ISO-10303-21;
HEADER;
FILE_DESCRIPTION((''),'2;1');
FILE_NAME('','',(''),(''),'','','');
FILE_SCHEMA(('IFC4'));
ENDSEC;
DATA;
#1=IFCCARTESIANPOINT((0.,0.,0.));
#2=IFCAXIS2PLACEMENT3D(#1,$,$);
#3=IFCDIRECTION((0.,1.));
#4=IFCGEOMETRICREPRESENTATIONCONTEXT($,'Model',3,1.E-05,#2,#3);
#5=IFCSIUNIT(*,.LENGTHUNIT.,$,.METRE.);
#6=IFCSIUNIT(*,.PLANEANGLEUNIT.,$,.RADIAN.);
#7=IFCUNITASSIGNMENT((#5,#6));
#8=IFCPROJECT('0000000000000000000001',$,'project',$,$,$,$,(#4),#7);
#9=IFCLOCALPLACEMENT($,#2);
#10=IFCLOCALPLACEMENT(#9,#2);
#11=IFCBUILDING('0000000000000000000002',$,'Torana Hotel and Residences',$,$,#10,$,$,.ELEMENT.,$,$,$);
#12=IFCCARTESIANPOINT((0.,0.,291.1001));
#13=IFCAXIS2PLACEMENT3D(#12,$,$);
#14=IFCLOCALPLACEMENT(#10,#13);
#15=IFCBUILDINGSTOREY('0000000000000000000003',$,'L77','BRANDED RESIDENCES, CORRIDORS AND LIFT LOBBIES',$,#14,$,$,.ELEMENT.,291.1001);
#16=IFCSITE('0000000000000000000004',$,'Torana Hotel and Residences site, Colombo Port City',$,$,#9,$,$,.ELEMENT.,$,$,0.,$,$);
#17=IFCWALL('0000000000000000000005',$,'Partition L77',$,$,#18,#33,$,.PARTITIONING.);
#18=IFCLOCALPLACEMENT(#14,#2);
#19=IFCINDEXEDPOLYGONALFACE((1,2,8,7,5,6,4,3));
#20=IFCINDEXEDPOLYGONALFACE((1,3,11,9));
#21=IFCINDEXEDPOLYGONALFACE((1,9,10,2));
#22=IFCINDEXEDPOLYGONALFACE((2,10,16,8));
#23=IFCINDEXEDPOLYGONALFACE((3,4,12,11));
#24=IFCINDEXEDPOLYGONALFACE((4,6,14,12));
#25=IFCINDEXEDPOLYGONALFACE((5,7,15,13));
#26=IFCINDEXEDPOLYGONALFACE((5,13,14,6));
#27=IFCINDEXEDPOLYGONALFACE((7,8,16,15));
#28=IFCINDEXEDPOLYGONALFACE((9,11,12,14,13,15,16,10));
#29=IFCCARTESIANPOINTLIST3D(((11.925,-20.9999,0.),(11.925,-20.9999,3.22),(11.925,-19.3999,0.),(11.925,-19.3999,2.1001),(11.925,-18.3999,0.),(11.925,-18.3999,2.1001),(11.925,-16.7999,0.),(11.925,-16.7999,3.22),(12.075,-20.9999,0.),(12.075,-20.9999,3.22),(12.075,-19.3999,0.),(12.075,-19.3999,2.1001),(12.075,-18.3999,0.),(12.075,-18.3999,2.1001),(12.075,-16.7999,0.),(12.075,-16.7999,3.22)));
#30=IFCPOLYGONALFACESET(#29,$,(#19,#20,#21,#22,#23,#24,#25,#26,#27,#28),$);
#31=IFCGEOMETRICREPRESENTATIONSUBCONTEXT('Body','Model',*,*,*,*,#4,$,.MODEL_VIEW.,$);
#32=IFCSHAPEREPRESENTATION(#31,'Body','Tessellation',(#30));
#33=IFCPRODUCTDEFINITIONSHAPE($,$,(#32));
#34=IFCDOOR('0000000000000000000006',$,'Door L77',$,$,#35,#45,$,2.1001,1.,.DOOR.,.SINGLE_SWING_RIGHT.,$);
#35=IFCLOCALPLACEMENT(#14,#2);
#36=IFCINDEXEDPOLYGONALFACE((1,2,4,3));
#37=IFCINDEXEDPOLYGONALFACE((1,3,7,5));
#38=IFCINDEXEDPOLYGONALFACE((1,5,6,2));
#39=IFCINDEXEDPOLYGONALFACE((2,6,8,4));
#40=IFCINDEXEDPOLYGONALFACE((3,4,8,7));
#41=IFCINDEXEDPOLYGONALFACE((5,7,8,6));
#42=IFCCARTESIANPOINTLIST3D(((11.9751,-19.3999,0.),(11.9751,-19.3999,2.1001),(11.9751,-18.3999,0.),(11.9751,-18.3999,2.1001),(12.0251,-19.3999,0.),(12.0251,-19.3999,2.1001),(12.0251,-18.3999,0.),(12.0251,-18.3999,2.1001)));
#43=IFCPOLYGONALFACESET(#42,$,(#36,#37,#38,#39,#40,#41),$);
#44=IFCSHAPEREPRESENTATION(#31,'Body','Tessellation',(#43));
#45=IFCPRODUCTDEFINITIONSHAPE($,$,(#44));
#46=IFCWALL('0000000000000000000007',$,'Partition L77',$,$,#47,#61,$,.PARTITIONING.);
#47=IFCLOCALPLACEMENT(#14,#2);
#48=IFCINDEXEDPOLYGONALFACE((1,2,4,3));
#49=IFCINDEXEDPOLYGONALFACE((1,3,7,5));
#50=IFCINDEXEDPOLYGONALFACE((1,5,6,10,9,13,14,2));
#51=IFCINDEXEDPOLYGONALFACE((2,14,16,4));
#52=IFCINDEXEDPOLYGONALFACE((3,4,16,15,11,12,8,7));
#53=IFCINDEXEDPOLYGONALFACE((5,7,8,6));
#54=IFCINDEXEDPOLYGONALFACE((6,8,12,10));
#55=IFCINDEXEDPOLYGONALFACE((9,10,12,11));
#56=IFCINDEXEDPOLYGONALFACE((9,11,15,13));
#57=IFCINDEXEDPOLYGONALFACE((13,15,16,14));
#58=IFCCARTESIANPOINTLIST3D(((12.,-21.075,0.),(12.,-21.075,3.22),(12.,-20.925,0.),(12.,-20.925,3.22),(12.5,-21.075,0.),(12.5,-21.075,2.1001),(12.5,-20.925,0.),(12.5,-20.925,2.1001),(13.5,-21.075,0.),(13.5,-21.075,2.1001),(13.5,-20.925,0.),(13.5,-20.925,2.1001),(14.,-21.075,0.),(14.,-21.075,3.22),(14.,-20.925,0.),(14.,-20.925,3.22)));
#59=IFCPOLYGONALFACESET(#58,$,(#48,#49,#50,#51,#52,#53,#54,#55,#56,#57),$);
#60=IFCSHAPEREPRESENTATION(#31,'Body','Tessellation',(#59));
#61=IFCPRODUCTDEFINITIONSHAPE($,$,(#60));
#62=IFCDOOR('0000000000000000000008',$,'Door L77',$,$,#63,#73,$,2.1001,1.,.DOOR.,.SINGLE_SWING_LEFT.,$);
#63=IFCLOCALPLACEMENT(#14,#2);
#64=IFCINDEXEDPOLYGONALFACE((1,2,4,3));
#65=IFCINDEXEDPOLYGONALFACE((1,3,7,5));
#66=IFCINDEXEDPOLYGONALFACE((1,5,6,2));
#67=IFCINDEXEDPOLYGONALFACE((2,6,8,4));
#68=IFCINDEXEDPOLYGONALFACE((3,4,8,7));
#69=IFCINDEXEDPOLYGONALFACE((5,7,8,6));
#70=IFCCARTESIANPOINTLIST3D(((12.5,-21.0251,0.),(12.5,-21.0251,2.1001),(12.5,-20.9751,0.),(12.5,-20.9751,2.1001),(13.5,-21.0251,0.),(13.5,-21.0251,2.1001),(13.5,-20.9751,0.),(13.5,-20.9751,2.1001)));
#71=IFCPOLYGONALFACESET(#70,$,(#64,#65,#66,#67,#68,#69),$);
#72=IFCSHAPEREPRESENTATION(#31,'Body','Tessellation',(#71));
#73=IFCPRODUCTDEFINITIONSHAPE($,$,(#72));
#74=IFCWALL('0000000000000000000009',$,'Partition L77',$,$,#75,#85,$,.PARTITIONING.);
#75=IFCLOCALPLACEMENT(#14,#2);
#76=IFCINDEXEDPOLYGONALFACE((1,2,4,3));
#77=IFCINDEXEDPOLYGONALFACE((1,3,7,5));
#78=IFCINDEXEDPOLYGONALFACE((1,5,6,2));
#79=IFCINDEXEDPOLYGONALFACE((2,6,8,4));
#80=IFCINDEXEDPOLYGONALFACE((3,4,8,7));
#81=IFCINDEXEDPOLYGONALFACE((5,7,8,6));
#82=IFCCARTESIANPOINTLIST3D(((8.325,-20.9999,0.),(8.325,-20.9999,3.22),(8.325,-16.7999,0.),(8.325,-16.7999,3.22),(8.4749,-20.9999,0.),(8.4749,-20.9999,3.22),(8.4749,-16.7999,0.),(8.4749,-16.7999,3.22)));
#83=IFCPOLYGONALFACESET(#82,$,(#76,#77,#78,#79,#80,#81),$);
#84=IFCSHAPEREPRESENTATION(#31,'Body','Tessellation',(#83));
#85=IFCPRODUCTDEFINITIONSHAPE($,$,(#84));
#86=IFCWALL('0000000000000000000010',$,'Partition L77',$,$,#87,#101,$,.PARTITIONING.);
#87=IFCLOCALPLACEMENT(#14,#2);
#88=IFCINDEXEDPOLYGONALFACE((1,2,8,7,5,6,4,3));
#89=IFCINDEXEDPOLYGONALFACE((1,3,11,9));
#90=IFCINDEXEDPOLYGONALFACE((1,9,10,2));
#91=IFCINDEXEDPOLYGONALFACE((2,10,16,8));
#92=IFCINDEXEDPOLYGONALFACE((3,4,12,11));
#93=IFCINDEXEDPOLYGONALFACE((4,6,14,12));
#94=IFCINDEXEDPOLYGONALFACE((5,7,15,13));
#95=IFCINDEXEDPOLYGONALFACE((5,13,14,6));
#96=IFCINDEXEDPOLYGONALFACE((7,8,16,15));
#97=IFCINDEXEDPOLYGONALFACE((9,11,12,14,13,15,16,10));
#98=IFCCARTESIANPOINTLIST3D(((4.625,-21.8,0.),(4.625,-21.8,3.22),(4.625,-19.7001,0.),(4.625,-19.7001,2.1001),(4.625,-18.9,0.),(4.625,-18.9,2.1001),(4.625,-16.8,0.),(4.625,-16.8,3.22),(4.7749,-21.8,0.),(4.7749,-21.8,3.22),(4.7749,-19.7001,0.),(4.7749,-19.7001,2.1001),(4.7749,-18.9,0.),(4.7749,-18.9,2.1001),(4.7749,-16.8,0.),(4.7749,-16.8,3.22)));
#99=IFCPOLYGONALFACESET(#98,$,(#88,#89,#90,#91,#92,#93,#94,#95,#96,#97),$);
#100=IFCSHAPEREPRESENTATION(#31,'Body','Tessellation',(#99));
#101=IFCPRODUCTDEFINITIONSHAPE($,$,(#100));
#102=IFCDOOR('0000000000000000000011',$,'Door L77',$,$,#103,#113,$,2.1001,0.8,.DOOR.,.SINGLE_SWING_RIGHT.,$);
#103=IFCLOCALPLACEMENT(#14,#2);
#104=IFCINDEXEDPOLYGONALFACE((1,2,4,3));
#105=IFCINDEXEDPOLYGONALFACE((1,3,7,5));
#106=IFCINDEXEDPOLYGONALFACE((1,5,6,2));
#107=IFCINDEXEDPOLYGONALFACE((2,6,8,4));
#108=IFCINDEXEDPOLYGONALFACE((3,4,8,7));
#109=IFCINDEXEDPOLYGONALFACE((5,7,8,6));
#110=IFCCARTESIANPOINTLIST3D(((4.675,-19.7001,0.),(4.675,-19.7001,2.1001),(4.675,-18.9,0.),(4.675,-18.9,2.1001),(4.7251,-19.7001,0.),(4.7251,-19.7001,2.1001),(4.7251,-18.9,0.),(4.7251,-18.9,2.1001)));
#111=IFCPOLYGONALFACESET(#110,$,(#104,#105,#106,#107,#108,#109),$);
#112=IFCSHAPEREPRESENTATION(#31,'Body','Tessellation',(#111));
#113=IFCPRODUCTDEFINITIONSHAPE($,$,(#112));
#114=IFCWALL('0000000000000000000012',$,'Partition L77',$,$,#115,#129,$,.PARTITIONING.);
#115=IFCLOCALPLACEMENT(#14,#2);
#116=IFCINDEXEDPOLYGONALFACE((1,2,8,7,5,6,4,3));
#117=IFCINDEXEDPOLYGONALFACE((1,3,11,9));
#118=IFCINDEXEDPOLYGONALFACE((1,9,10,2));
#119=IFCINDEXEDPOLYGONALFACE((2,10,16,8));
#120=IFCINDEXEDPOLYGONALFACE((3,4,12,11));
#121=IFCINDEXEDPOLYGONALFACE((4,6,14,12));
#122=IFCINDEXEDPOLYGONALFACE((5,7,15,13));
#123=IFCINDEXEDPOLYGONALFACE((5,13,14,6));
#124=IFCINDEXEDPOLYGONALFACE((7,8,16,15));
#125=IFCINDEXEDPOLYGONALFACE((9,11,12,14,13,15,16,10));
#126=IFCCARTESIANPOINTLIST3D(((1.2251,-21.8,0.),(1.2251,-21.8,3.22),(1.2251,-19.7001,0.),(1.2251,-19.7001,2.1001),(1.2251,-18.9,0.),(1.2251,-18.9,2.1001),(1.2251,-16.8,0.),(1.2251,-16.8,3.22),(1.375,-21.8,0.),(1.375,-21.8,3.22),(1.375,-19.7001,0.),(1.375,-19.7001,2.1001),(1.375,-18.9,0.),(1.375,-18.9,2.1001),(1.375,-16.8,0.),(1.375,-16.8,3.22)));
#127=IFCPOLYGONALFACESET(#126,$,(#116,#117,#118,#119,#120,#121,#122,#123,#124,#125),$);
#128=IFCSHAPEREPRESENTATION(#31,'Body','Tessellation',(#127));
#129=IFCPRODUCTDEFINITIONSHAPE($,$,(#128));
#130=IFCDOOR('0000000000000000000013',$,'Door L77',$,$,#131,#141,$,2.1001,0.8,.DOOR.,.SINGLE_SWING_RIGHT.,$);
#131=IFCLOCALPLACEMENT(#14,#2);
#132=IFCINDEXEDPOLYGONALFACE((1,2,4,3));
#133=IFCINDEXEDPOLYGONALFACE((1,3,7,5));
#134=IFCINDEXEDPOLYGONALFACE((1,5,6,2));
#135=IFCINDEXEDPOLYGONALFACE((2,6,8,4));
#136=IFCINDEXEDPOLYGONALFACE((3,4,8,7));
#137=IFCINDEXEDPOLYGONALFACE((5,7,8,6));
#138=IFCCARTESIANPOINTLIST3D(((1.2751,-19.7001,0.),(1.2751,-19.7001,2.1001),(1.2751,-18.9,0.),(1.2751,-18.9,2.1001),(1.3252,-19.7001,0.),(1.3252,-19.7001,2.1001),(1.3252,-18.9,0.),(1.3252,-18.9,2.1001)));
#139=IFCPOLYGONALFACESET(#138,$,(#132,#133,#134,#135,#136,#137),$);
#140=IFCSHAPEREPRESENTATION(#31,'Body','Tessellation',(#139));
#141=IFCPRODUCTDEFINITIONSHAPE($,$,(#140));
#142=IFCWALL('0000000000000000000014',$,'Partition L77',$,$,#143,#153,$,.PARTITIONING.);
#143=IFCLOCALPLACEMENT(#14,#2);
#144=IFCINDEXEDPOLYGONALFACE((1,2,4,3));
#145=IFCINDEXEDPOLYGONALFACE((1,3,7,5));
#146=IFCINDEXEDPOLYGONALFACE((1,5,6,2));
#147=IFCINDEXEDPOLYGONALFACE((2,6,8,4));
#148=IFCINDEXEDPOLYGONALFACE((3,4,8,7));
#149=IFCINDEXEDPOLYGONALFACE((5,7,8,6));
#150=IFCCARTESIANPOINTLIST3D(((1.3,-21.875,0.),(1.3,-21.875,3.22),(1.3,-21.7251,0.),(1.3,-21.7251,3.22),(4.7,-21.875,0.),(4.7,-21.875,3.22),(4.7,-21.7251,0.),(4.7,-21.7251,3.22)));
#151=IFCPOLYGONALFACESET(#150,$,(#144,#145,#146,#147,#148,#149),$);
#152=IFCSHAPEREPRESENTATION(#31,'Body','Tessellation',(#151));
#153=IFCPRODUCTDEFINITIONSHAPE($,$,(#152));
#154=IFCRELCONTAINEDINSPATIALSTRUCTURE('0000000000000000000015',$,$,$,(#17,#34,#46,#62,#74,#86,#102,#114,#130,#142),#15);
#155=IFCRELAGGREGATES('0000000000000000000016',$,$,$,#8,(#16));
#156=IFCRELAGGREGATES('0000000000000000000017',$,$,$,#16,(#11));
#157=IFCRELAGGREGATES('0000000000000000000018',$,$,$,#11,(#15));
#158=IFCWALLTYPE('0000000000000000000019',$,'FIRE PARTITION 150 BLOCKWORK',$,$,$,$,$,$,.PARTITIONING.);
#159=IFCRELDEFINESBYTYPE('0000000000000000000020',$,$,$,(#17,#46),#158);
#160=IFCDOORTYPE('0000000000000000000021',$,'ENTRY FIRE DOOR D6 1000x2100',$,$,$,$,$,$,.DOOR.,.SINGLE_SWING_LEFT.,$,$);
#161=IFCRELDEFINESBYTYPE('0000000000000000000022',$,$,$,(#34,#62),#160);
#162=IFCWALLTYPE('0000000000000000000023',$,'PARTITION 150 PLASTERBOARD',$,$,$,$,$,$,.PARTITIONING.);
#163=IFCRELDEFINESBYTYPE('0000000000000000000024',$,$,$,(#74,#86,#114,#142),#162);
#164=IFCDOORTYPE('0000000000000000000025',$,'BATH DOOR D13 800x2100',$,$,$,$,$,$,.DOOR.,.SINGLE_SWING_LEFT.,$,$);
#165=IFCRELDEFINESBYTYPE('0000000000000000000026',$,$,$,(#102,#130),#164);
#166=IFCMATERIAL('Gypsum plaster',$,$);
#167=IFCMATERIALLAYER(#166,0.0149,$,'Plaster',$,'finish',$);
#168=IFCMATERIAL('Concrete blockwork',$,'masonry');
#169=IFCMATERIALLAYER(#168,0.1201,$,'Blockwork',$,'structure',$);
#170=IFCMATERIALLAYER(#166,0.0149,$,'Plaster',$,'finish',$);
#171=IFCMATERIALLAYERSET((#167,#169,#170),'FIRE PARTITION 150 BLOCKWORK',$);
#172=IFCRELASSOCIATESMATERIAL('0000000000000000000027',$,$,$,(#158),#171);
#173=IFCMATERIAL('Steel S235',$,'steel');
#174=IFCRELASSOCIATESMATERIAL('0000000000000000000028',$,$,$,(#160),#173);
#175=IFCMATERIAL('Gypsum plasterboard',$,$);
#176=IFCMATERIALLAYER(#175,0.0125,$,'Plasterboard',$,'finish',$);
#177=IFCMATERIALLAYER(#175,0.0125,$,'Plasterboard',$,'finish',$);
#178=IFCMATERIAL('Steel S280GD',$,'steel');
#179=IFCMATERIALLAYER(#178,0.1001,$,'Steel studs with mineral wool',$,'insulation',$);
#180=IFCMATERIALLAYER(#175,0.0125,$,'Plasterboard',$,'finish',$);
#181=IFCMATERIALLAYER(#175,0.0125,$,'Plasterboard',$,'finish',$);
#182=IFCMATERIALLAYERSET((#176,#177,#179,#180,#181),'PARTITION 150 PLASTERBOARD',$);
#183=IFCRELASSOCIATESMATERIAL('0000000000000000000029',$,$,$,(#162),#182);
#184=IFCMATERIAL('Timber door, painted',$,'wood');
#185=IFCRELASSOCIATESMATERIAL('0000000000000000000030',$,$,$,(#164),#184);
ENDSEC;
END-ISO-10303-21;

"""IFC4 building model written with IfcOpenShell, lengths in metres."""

from ifc_helpers import new_model, si_unit, direction, frame, frame_2d, origin, place, context, subcontext, project, spatial, rectangle, extrude, material, layer, layer_set, type_object, element, fill, save


model = new_model("IFC4")

# Units and contexts
model_context = context("Model", 3, precision=1e-05, world=origin(), true_north=direction((0.0, 1.0)))
body_context = subcontext(model_context, "Body", "Model", "MODEL_VIEW")
ifc_project = project(units=[si_unit("LENGTHUNIT", "METRE"), si_unit("PLANEANGLEUNIT", "RADIAN")], contexts=[model_context])

# Site, building, storey
site_placement = place(None, origin())
site = spatial("IfcSite", under=ifc_project, at=site_placement, Name="Torana Hotel and Residences site, Colombo Port City", CompositionType="ELEMENT", RefElevation=0.0)
building_placement = place(site_placement, origin())
building = spatial("IfcBuilding", under=site, at=building_placement, Name="Torana Hotel and Residences", CompositionType="ELEMENT")
storey_placement = place(building_placement, frame((0.0, 0.0, 291.1001)))
storey = spatial("IfcBuildingStorey", under=building, at=storey_placement, Name="L77", Description="BRANDED RESIDENCES, CORRIDORS AND LIFT LOBBIES", CompositionType="ELEMENT", Elevation=291.1001)

# Walls, openings, doors
ifc_material_1 = material(Name="Gypsum plaster")
ifc_layer_1 = layer(ifc_material_1, 0.0149, Name="Plaster", Category="finish")
ifc_material_2 = material(Name="Concrete blockwork", Category="masonry")
ifc_layer_2 = layer(ifc_material_2, 0.1201, Name="Blockwork", Category="structure")
ifc_layer_3 = layer(ifc_material_1, 0.0149, Name="Plaster", Category="finish")
ifc_layer_set_1 = layer_set([ifc_layer_1, ifc_layer_2, ifc_layer_3], Name="FIRE PARTITION 150 BLOCKWORK")
wall_type_1 = type_object("IfcWallType", Name="FIRE PARTITION 150 BLOCKWORK", PredefinedType="PARTITIONING", material=ifc_layer_set_1)
ifc_material_3 = material(Name="Steel S235", Category="steel")
door_type_1 = type_object("IfcDoorType", Name="ENTRY FIRE DOOR D6 1000x2100", OperationType="SINGLE_SWING_LEFT", PredefinedType="DOOR", material=ifc_material_3)
wall_1_placement = place(storey_placement, frame((12.0, -21.0, 0.0), z_axis=(0.0, 0.0, 1.0), x_axis=(0.0, 1.0, 0.0)))
wall_1 = element("IfcWall", 1, at=wall_1_placement, inside=storey, type_object=wall_type_1, Name="Partition L77", PredefinedType="PARTITIONING", context=body_context, shape_type="SweptSolid", body=[
    extrude(rectangle(XDim=4.2, YDim=0.1499, at=frame_2d((2.1001, 0.0))), origin(), (0.0, 0.0, 1.0), 3.22),
])
opening_1_placement = place(wall_1_placement, frame((1.6001, 0.0, 0.0)))
opening_1 = element("IfcOpeningElement", 2, at=opening_1_placement, cuts=wall_1, PredefinedType="OPENING", context=body_context, shape_type="SweptSolid", body=[
    extrude(rectangle(XDim=1.0, YDim=2.1001, at=frame_2d((0.5, 1.05))), frame((0.0, 0.085, 0.0), z_axis=(0.0, -1.0, 0.0), x_axis=(1.0, 0.0, 0.0)), (0.0, 0.0, 1.0), 0.1699),
])
door_1_placement = place(opening_1_placement, origin())
door_1 = element("IfcDoor", 3, at=door_1_placement, inside=storey, type_object=door_type_1, Name="Door L77", OperationType="SINGLE_SWING_RIGHT", OverallHeight=2.1001, OverallWidth=1.0, PredefinedType="DOOR", context=body_context, shape_type="SweptSolid", body=[
    extrude(rectangle(XDim=1.0, YDim=2.1001, at=frame_2d((0.5, 1.05))), frame((0.0, 0.0249, 0.0), z_axis=(0.0, -1.0, 0.0), x_axis=(1.0, 0.0, 0.0)), (0.0, 0.0, 1.0), 0.05),
])
fill(opening_1, door_1)
wall_2_placement = place(storey_placement, frame((12.0, -21.0, 0.0), z_axis=(0.0, 0.0, 1.0), x_axis=(1.0, 0.0, 0.0)))
wall_2 = element("IfcWall", 4, at=wall_2_placement, inside=storey, type_object=wall_type_1, Name="Partition L77", PredefinedType="PARTITIONING", context=body_context, shape_type="SweptSolid", body=[
    extrude(rectangle(XDim=2.0, YDim=0.1499, at=frame_2d((1.0, 0.0))), origin(), (0.0, 0.0, 1.0), 3.22),
])
opening_2_placement = place(wall_2_placement, frame((0.5, 0.0, 0.0)))
opening_2 = element("IfcOpeningElement", 5, at=opening_2_placement, cuts=wall_2, PredefinedType="OPENING", context=body_context, shape_type="SweptSolid", body=[
    extrude(rectangle(XDim=1.0, YDim=2.1001, at=frame_2d((0.5, 1.05))), frame((0.0, 0.085, 0.0), z_axis=(0.0, -1.0, 0.0), x_axis=(1.0, 0.0, 0.0)), (0.0, 0.0, 1.0), 0.1699),
])
door_2_placement = place(opening_2_placement, frame((0.5, 0.0, 0.0), z_axis=(0.0, 0.0, 1.0), x_axis=(-1.0, 0.0, 0.0)))
door_2 = element("IfcDoor", 6, at=door_2_placement, inside=storey, type_object=door_type_1, Name="Door L77", OperationType="SINGLE_SWING_LEFT", OverallHeight=2.1001, OverallWidth=1.0, PredefinedType="DOOR", context=body_context, shape_type="SweptSolid", body=[
    extrude(rectangle(XDim=1.0, YDim=2.1001, at=frame_2d((0.0, 1.05))), frame((0.0, -0.0249, 0.0), z_axis=(0.0, 1.0, 0.0), x_axis=(-1.0, 0.0, 0.0)), (0.0, 0.0, 1.0), 0.05),
])
fill(opening_2, door_2)

# Wall
ifc_material_4 = material(Name="Gypsum plasterboard")
ifc_layer_4 = layer(ifc_material_4, 0.0125, Name="Plasterboard", Category="finish")
ifc_layer_5 = layer(ifc_material_4, 0.0125, Name="Plasterboard", Category="finish")
ifc_material_5 = material(Name="Steel S280GD", Category="steel")
ifc_layer_6 = layer(ifc_material_5, 0.1001, Name="Steel studs with mineral wool", Category="insulation")
ifc_layer_7 = layer(ifc_material_4, 0.0125, Name="Plasterboard", Category="finish")
ifc_layer_8 = layer(ifc_material_4, 0.0125, Name="Plasterboard", Category="finish")
ifc_layer_set_2 = layer_set([ifc_layer_4, ifc_layer_5, ifc_layer_6, ifc_layer_7, ifc_layer_8], Name="PARTITION 150 PLASTERBOARD")
wall_type_2 = type_object("IfcWallType", Name="PARTITION 150 PLASTERBOARD", PredefinedType="PARTITIONING", material=ifc_layer_set_2)
wall_3_placement = place(storey_placement, frame((8.3999, -21.0, 0.0), z_axis=(0.0, 0.0, 1.0), x_axis=(0.0, 1.0, 0.0)))
element("IfcWall", 7, at=wall_3_placement, inside=storey, type_object=wall_type_2, Name="Partition L77", PredefinedType="PARTITIONING", context=body_context, shape_type="SweptSolid", body=[
    extrude(rectangle(XDim=4.2, YDim=0.1499, at=frame_2d((2.1001, 0.0))), origin(), (0.0, 0.0, 1.0), 3.22),
])

# Walls, openings, doors
wall_4_placement = place(storey_placement, frame((4.7, -21.8, 0.0), z_axis=(0.0, 0.0, 1.0), x_axis=(0.0, 1.0, 0.0)))
wall_4 = element("IfcWall", 8, at=wall_4_placement, inside=storey, type_object=wall_type_2, Name="Partition L77", PredefinedType="PARTITIONING", context=body_context, shape_type="SweptSolid", body=[
    extrude(rectangle(XDim=5.0, YDim=0.1499, at=frame_2d((2.5, 0.0))), origin(), (0.0, 0.0, 1.0), 3.22),
])
opening_3_placement = place(wall_4_placement, frame((2.1001, 0.0, 0.0)))
opening_3 = element("IfcOpeningElement", 9, at=opening_3_placement, cuts=wall_4, PredefinedType="OPENING", context=body_context, shape_type="SweptSolid", body=[
    extrude(rectangle(XDim=0.8, YDim=2.1001, at=frame_2d((0.3999, 1.05))), frame((0.0, 0.085, 0.0), z_axis=(0.0, -1.0, 0.0), x_axis=(1.0, 0.0, 0.0)), (0.0, 0.0, 1.0), 0.1699),
])
ifc_material_6 = material(Name="Timber door, painted", Category="wood")
door_type_2 = type_object("IfcDoorType", Name="BATH DOOR D13 800x2100", OperationType="SINGLE_SWING_LEFT", PredefinedType="DOOR", material=ifc_material_6)
door_3_placement = place(opening_3_placement, origin())
door_3 = element("IfcDoor", 10, at=door_3_placement, inside=storey, type_object=door_type_2, Name="Door L77", OperationType="SINGLE_SWING_RIGHT", OverallHeight=2.1001, OverallWidth=0.8, PredefinedType="DOOR", context=body_context, shape_type="SweptSolid", body=[
    extrude(rectangle(XDim=0.8, YDim=2.1001, at=frame_2d((0.3999, 1.05))), frame((0.0, 0.0249, 0.0), z_axis=(0.0, -1.0, 0.0), x_axis=(1.0, 0.0, 0.0)), (0.0, 0.0, 1.0), 0.05),
])
fill(opening_3, door_3)
wall_5_placement = place(storey_placement, frame((1.3, -21.8, 0.0), z_axis=(0.0, 0.0, 1.0), x_axis=(0.0, 1.0, 0.0)))
wall_5 = element("IfcWall", 11, at=wall_5_placement, inside=storey, type_object=wall_type_2, Name="Partition L77", PredefinedType="PARTITIONING", context=body_context, shape_type="SweptSolid", body=[
    extrude(rectangle(XDim=5.0, YDim=0.1499, at=frame_2d((2.5, 0.0))), origin(), (0.0, 0.0, 1.0), 3.22),
])
opening_4_placement = place(wall_5_placement, frame((2.1001, 0.0, 0.0)))
opening_4 = element("IfcOpeningElement", 12, at=opening_4_placement, cuts=wall_5, PredefinedType="OPENING", context=body_context, shape_type="SweptSolid", body=[
    extrude(rectangle(XDim=0.8, YDim=2.1001, at=frame_2d((0.3999, 1.05))), frame((0.0, 0.085, 0.0), z_axis=(0.0, -1.0, 0.0), x_axis=(1.0, 0.0, 0.0)), (0.0, 0.0, 1.0), 0.1699),
])
door_4_placement = place(opening_4_placement, origin())
door_4 = element("IfcDoor", 13, at=door_4_placement, inside=storey, type_object=door_type_2, Name="Door L77", OperationType="SINGLE_SWING_RIGHT", OverallHeight=2.1001, OverallWidth=0.8, PredefinedType="DOOR", context=body_context, shape_type="SweptSolid", body=[
    extrude(rectangle(XDim=0.8, YDim=2.1001, at=frame_2d((0.3999, 1.05))), frame((0.0, 0.0249, 0.0), z_axis=(0.0, -1.0, 0.0), x_axis=(1.0, 0.0, 0.0)), (0.0, 0.0, 1.0), 0.05),
])
fill(opening_4, door_4)

# Wall
wall_6_placement = place(storey_placement, frame((1.3, -21.8, 0.0), z_axis=(0.0, 0.0, 1.0), x_axis=(1.0, 0.0, 0.0)))
element("IfcWall", 14, at=wall_6_placement, inside=storey, type_object=wall_type_2, Name="Partition L77", PredefinedType="PARTITIONING", context=body_context, shape_type="SweptSolid", body=[
    extrude(rectangle(XDim=3.3999, YDim=0.1499, at=frame_2d((1.7, 0.0))), origin(), (0.0, 0.0, 1.0), 3.22),
])

save(model, "model.ifc")
